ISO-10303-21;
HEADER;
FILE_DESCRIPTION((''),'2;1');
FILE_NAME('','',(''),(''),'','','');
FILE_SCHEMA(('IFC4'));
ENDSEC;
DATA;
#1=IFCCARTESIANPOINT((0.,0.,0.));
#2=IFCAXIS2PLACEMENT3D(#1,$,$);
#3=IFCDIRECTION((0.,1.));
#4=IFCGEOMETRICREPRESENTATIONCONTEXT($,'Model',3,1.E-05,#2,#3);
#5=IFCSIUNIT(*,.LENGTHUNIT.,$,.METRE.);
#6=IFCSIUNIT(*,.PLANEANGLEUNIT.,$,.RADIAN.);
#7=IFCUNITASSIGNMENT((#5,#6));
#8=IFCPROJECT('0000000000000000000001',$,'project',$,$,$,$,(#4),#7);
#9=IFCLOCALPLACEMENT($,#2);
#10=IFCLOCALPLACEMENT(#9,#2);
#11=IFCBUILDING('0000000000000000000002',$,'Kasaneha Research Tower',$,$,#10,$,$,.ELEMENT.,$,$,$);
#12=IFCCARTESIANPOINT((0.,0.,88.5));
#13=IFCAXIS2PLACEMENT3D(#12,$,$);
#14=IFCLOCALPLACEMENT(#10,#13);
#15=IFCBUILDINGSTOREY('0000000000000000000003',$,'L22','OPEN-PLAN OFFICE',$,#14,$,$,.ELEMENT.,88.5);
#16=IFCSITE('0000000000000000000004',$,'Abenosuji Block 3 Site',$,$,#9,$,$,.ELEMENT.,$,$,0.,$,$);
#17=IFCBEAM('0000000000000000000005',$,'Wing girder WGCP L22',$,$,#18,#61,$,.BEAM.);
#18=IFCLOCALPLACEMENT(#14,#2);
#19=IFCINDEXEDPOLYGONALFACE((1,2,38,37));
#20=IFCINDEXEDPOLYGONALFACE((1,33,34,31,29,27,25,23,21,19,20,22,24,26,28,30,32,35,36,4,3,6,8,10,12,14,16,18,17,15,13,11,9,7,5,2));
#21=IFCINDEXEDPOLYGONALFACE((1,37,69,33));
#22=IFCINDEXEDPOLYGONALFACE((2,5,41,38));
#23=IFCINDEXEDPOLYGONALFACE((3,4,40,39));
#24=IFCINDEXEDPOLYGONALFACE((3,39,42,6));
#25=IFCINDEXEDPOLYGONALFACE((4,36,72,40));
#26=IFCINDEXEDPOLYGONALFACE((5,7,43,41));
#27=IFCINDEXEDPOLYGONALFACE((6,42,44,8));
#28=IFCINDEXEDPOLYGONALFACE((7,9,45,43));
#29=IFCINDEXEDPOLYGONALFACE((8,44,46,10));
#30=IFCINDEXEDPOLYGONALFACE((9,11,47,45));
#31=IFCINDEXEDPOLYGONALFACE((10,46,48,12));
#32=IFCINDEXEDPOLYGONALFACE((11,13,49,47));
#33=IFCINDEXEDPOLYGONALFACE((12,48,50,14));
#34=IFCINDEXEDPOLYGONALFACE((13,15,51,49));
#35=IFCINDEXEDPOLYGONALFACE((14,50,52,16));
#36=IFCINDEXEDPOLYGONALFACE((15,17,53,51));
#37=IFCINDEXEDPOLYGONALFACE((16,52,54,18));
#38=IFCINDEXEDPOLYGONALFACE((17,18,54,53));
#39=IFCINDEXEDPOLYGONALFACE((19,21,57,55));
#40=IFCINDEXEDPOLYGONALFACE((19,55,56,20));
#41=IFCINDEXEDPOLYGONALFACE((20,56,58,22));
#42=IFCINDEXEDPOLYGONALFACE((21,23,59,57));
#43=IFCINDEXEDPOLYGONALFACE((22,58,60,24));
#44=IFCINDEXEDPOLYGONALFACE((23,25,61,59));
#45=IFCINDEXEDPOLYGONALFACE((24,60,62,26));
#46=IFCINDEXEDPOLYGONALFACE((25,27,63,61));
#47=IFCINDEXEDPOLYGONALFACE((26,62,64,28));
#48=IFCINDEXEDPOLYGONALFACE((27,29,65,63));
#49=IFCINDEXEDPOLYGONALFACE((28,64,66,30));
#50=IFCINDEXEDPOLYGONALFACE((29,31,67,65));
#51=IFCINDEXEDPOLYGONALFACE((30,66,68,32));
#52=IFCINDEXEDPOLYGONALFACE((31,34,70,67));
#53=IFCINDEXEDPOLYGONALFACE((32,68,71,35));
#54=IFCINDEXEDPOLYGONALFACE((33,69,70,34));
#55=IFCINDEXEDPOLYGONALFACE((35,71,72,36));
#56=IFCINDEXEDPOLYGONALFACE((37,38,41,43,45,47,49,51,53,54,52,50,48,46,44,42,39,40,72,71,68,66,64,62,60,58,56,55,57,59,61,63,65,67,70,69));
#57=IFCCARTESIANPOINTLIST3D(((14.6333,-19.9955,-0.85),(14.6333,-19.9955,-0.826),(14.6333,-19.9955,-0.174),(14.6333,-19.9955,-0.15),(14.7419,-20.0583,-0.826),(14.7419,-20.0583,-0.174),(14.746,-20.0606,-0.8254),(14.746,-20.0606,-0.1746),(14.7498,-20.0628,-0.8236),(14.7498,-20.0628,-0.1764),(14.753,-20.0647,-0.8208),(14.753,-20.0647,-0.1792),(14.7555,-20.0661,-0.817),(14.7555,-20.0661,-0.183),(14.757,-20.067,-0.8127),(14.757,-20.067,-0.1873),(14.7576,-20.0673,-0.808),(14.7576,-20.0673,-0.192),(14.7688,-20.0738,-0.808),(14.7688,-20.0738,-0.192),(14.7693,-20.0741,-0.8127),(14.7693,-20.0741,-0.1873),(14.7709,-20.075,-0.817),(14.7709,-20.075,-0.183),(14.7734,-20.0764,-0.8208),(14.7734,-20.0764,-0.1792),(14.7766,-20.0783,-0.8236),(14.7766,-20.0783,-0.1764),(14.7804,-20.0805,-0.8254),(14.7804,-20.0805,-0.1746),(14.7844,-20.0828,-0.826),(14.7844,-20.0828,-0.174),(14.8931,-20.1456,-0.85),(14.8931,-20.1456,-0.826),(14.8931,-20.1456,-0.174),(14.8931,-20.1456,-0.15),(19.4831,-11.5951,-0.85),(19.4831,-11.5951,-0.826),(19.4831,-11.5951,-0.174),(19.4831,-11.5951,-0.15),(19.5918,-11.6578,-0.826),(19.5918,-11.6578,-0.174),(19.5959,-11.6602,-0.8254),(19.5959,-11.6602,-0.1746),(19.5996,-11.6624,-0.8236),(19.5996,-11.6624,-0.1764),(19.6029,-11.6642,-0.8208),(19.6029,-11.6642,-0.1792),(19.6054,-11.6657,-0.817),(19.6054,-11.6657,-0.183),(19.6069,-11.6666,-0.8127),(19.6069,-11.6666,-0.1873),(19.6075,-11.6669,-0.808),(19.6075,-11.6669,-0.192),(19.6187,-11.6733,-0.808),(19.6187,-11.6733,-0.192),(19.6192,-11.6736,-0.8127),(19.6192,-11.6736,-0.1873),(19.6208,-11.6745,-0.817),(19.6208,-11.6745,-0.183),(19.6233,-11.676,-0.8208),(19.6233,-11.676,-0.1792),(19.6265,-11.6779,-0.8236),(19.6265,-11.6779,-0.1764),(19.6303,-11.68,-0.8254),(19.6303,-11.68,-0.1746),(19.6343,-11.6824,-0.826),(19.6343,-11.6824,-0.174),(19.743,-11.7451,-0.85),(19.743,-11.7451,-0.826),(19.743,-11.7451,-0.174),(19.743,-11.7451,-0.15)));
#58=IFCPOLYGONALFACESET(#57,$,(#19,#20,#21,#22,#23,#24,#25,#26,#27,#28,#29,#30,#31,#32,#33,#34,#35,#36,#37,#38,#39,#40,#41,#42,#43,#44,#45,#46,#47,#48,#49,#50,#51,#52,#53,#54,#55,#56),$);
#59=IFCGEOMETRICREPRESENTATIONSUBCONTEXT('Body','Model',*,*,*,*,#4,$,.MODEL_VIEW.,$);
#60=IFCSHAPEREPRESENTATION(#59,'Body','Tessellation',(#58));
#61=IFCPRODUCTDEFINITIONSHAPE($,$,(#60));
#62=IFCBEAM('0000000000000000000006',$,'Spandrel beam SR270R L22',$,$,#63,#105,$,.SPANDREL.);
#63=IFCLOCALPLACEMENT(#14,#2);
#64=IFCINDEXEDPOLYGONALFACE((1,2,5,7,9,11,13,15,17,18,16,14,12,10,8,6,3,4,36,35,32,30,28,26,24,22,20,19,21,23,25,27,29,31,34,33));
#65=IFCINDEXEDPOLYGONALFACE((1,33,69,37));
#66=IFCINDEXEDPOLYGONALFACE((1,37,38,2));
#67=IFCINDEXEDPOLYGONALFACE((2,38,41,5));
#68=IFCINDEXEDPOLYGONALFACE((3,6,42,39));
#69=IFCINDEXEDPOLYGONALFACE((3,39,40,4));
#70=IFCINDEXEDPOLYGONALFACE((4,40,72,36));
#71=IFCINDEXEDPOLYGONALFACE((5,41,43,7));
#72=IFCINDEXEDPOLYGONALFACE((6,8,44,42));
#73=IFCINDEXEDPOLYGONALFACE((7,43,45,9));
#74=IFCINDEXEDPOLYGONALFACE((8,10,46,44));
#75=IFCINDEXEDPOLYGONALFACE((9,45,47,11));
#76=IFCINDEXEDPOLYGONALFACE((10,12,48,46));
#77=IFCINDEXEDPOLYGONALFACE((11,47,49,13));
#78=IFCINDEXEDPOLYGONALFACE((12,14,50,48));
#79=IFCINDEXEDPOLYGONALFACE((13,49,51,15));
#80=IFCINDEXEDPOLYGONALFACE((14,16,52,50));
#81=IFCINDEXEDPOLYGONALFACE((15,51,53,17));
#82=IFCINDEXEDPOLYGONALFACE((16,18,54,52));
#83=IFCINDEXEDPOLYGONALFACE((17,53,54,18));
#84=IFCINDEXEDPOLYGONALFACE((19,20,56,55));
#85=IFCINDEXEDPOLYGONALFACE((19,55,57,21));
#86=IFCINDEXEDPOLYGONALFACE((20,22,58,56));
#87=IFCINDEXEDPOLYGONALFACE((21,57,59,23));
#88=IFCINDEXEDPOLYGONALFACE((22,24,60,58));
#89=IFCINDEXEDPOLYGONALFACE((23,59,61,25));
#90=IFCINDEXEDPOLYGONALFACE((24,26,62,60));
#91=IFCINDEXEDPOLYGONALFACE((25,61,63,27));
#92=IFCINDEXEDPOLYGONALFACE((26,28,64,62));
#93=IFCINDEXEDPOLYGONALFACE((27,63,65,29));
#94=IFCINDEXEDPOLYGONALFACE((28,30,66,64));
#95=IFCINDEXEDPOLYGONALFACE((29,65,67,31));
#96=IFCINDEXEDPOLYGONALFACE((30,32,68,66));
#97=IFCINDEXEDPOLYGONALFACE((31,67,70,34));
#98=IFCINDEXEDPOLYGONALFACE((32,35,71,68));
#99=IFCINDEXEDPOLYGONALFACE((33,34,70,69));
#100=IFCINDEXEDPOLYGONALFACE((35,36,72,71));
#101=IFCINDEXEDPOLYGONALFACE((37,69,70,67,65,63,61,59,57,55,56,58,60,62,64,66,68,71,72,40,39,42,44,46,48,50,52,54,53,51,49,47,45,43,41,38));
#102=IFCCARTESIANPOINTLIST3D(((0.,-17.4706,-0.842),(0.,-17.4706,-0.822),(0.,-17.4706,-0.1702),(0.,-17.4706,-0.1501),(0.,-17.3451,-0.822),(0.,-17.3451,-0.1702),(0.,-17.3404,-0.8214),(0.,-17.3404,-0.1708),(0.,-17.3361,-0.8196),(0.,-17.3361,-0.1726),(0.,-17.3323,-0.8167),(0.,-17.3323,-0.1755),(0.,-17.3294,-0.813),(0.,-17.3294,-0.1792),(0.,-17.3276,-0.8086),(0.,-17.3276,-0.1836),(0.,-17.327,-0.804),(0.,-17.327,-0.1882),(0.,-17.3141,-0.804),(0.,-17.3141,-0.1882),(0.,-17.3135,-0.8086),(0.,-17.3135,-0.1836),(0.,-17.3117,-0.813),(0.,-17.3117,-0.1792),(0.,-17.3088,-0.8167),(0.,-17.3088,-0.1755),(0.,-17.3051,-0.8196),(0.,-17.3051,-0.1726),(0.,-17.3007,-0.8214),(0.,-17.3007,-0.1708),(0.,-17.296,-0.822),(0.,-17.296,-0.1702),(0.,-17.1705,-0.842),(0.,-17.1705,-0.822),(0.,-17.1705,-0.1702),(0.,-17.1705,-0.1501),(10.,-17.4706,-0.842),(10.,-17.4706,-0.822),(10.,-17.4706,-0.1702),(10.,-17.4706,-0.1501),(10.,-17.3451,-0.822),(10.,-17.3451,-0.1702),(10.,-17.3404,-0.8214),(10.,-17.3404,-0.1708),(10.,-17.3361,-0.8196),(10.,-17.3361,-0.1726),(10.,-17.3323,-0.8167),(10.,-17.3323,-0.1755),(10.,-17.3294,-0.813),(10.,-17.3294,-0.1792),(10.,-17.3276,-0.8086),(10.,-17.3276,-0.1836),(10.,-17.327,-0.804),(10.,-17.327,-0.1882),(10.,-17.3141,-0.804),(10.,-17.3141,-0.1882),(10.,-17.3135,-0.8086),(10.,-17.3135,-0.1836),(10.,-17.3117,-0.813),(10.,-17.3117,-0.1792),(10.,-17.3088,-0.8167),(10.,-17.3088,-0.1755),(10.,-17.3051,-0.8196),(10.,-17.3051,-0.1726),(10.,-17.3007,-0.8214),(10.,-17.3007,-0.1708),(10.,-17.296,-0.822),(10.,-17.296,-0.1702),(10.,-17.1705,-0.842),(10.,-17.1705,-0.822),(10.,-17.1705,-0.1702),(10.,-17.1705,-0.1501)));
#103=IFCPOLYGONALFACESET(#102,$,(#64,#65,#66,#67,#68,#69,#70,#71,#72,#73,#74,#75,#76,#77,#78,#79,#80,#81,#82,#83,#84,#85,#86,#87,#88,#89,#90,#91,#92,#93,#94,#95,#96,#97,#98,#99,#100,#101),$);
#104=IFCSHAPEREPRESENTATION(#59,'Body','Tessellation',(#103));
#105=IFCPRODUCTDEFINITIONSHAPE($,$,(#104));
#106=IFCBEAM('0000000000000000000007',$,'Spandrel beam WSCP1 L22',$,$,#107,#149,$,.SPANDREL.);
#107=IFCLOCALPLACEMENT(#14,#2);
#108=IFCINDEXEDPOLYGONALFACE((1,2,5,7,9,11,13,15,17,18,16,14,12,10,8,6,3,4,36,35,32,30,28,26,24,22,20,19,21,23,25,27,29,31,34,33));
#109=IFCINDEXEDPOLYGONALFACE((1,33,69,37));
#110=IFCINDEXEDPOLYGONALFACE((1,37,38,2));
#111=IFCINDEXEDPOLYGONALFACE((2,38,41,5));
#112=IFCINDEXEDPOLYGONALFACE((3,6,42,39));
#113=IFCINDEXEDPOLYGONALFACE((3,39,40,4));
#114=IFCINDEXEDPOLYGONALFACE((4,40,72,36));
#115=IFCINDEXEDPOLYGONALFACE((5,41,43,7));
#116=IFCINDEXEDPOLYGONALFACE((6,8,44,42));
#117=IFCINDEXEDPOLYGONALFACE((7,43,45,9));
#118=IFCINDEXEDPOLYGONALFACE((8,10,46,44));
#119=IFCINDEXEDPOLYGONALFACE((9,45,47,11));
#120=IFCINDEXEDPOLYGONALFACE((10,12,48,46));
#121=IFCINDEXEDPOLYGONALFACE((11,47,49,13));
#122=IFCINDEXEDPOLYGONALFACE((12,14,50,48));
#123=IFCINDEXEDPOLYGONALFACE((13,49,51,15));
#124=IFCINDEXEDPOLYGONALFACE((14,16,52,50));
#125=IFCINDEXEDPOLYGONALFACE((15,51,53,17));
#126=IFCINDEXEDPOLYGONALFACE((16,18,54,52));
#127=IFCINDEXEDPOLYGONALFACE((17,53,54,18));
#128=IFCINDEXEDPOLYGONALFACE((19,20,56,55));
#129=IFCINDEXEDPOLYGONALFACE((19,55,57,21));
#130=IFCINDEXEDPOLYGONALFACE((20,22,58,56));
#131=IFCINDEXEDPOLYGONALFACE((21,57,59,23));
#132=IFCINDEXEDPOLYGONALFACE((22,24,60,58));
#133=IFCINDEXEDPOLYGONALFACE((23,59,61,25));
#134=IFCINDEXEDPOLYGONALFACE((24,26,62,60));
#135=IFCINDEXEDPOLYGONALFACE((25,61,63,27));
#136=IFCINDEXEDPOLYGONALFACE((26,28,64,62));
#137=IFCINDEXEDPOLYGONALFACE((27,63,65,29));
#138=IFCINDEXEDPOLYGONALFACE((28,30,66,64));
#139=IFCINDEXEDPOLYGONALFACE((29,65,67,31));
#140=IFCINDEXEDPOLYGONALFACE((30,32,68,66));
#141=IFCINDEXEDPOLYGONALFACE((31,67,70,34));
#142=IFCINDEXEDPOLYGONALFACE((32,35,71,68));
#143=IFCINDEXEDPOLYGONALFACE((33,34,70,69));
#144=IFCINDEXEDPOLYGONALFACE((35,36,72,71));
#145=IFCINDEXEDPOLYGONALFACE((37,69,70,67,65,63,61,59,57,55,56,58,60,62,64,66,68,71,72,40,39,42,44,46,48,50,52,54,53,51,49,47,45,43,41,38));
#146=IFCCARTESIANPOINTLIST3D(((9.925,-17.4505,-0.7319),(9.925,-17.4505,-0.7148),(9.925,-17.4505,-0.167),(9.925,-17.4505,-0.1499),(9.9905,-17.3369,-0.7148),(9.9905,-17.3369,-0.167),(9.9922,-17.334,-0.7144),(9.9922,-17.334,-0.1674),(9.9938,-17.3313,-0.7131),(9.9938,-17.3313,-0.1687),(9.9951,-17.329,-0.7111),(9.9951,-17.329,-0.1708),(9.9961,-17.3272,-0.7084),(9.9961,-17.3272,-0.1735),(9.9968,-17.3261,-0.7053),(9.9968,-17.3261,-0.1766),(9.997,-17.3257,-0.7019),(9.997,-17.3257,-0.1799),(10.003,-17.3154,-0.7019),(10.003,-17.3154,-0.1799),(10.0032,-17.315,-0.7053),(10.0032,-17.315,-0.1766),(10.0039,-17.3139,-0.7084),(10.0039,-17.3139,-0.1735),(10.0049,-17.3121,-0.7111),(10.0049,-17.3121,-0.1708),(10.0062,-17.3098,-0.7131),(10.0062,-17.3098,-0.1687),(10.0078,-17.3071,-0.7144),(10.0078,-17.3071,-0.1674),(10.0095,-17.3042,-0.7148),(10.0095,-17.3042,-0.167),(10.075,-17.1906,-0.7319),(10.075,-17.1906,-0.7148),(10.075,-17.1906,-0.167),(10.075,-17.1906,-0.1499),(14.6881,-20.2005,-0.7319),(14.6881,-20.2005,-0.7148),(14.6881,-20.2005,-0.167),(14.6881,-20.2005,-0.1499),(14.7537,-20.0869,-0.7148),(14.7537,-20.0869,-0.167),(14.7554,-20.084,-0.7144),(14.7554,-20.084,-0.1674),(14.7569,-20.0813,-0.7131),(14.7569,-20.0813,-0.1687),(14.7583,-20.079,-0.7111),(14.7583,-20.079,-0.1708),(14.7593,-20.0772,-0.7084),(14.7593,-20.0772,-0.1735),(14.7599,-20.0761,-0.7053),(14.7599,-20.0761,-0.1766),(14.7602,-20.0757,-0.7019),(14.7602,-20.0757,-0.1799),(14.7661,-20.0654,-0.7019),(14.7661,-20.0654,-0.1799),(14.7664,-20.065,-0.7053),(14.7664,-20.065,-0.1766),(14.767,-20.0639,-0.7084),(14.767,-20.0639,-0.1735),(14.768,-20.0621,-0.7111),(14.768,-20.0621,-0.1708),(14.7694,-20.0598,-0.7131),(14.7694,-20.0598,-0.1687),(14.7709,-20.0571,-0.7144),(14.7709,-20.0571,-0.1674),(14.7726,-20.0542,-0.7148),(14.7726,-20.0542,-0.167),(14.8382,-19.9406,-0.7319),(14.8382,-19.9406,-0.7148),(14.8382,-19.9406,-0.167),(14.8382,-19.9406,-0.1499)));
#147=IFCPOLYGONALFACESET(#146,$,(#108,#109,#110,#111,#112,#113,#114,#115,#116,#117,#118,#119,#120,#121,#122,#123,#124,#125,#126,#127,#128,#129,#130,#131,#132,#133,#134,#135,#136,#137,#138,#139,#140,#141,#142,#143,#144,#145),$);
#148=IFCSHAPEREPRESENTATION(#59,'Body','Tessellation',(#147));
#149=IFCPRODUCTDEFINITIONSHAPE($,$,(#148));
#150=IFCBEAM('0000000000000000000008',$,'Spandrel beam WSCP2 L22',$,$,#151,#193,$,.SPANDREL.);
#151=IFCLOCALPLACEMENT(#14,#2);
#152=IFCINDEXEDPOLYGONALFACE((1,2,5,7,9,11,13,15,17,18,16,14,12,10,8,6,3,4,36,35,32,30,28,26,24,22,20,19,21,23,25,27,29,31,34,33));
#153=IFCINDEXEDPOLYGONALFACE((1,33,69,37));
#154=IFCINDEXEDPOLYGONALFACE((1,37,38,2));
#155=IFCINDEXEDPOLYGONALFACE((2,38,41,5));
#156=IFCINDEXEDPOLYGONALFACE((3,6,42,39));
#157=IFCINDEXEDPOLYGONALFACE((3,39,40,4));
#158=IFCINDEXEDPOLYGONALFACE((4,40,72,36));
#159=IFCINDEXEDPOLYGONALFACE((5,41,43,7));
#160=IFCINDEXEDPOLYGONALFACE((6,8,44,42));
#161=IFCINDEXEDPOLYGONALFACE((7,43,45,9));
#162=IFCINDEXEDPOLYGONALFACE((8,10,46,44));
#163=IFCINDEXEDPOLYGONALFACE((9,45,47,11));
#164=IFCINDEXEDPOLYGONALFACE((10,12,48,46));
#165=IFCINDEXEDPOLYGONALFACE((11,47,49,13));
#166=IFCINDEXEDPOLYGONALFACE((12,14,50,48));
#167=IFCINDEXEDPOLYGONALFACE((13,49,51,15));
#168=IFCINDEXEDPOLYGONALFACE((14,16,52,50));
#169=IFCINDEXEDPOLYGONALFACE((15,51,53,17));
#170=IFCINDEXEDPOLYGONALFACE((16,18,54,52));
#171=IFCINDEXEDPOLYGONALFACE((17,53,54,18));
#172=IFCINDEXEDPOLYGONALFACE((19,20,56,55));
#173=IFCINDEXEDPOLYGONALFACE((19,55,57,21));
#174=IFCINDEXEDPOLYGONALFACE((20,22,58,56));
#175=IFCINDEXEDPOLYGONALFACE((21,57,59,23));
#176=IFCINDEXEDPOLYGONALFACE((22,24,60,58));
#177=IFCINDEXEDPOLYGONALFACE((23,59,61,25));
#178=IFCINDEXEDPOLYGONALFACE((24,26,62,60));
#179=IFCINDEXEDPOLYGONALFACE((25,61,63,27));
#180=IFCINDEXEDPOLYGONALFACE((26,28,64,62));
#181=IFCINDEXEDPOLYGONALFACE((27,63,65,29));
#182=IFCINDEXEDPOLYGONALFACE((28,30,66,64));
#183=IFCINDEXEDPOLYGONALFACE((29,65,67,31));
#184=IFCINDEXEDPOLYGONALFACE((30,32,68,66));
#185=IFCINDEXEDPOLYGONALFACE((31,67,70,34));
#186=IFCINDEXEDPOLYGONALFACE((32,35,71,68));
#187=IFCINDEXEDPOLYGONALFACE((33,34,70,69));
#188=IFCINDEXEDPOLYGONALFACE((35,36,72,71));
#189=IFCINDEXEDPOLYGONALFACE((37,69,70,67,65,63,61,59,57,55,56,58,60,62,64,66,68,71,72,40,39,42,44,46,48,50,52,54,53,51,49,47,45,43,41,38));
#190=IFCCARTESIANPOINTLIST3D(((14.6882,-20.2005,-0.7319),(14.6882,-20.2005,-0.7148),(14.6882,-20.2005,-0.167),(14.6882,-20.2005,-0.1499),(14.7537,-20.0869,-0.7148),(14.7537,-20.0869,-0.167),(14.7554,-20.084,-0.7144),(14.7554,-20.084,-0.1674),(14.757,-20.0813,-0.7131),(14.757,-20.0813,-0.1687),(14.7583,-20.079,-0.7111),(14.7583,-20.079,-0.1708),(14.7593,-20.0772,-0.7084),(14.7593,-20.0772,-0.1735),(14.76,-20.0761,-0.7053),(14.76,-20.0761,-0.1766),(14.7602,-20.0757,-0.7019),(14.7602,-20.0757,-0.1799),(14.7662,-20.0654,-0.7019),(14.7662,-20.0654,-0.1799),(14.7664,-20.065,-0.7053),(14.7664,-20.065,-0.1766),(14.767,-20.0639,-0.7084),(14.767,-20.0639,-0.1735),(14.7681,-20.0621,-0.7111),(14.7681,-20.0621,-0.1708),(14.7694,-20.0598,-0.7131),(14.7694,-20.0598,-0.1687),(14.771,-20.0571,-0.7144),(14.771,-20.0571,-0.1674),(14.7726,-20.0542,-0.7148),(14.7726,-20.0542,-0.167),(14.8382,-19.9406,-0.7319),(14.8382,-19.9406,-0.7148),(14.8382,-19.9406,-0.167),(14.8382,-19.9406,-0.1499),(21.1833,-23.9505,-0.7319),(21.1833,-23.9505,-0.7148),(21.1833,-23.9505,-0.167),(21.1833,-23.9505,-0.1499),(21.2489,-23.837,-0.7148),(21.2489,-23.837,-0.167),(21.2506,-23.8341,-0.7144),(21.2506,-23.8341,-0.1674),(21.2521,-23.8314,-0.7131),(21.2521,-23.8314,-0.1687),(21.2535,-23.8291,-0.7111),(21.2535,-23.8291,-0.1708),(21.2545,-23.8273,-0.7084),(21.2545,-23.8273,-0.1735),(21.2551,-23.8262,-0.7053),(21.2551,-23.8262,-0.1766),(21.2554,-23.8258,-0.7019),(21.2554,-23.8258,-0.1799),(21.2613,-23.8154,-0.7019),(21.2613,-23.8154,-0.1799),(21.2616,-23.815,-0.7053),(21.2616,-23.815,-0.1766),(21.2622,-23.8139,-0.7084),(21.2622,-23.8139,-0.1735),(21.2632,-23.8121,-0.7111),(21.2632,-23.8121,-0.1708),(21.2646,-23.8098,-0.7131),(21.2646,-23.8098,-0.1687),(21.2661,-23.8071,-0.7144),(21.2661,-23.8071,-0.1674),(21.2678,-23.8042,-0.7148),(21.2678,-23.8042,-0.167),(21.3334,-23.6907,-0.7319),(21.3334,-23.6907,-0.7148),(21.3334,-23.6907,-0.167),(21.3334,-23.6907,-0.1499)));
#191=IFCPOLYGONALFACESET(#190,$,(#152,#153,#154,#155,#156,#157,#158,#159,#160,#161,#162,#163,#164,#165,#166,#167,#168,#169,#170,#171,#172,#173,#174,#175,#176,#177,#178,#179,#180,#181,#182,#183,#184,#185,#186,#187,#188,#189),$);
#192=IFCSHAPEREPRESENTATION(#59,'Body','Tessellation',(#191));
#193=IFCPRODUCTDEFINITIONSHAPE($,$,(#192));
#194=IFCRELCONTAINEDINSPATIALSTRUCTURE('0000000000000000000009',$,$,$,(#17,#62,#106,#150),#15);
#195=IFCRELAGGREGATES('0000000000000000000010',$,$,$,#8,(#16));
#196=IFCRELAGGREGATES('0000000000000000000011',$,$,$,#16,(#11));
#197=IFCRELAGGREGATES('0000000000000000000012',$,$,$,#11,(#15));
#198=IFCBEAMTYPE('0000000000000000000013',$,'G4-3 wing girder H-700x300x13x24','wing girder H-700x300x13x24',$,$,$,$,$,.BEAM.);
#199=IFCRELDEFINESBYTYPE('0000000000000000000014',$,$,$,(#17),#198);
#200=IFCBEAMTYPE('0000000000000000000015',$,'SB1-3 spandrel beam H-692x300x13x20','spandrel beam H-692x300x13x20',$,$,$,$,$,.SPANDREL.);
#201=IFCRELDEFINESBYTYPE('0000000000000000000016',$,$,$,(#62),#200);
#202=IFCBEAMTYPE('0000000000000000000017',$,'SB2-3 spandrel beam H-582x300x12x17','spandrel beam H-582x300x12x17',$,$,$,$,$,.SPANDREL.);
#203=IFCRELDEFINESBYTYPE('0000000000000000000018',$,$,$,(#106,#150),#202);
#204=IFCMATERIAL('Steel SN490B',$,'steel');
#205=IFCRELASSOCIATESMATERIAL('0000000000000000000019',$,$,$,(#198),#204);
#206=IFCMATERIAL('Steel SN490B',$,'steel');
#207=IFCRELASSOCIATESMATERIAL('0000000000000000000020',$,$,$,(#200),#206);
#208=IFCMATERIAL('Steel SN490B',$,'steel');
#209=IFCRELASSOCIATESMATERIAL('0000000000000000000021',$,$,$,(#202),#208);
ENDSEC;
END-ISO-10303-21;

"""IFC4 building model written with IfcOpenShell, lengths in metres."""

from ifc_helpers import new_model, si_unit, direction, frame, origin, origin_2d, place, context, subcontext, project, spatial, i_section, extrude, material, material_profile, profile_set, type_object, element, save


model = new_model("IFC4")

# Units and contexts
model_context = context("Model", 3, precision=1e-05, world=origin(), true_north=direction((0.0, 1.0)))
body_context = subcontext(model_context, "Body", "Model", "MODEL_VIEW")
ifc_project = project(units=[si_unit("LENGTHUNIT", "METRE"), si_unit("PLANEANGLEUNIT", "RADIAN")], contexts=[model_context])

# Site, building, storey
site_placement = place(None, origin())
site = spatial("IfcSite", under=ifc_project, at=site_placement, Name="Abenosuji Block 3 Site", CompositionType="ELEMENT", RefElevation=0.0)
building_placement = place(site_placement, origin())
building = spatial("IfcBuilding", under=site, at=building_placement, Name="Kasaneha Research Tower", CompositionType="ELEMENT")
storey_placement = place(building_placement, frame((0.0, 0.0, 88.5)))
storey = spatial("IfcBuildingStorey", under=building, at=storey_placement, Name="L22", Description="OPEN-PLAN OFFICE", CompositionType="ELEMENT", Elevation=88.5)

# Beams
ifc_material_1 = material(Name="Steel SN490B", Category="steel")
ifc_material_profile_1 = material_profile(ifc_material_1, i_section(OverallWidth=0.3, OverallDepth=0.7, WebThickness=0.0129, FlangeThickness=0.0239, FilletRadius=0.0181, at=origin_2d()), Name="H-700x300x13x24")
ifc_profile_set_1 = profile_set([ifc_material_profile_1], Name="Steel SN490B")
beam_type_1 = type_object("IfcBeamType", Name="G4-3 wing girder H-700x300x13x24", Description="wing girder H-700x300x13x24", PredefinedType="BEAM", material=ifc_profile_set_1)
beam_1_placement = place(storey_placement, frame((14.7632, -20.0706, -0.5), z_axis=(0.499991, 0.866031, 0.0), x_axis=(-0.866031, 0.499991, 0.0)))
element("IfcBeam", 1, at=beam_1_placement, inside=storey, type_object=beam_type_1, Name="Wing girder WGCP L22", PredefinedType="BEAM", context=body_context, shape_type="SweptSolid", body=[
    extrude(i_section(OverallWidth=0.3, OverallDepth=0.7, WebThickness=0.0129, FlangeThickness=0.0239, FilletRadius=0.0181, at=origin_2d()), origin(), (0.0, 0.0, 1.0), 9.7),
])
ifc_material_2 = material(Name="Steel SN490B", Category="steel")
ifc_material_profile_2 = material_profile(ifc_material_2, i_section(OverallWidth=0.3, OverallDepth=0.6919, WebThickness=0.0129, FlangeThickness=0.02, FilletRadius=0.0181, at=origin_2d()), Name="H-692x300x13x20")
ifc_profile_set_2 = profile_set([ifc_material_profile_2], Name="Steel SN490B")
beam_type_2 = type_object("IfcBeamType", Name="SB1-3 spandrel beam H-692x300x13x20", Description="spandrel beam H-692x300x13x20", PredefinedType="SPANDREL", material=ifc_profile_set_2)
beam_2_placement = place(storey_placement, frame((10.0, -17.3206, -0.4961), z_axis=(-1.0, 0.0, 0.0), x_axis=(0.0, -1.0, 0.0)))
element("IfcBeam", 2, at=beam_2_placement, inside=storey, type_object=beam_type_2, Name="Spandrel beam SR270R L22", PredefinedType="SPANDREL", context=body_context, shape_type="SweptSolid", body=[
    extrude(i_section(OverallWidth=0.3, OverallDepth=0.6919, WebThickness=0.0129, FlangeThickness=0.02, FilletRadius=0.0181, at=origin_2d()), origin(), (0.0, 0.0, 1.0), 10.0),
])
ifc_material_3 = material(Name="Steel SN490B", Category="steel")
ifc_material_profile_3 = material_profile(ifc_material_3, i_section(OverallWidth=0.3, OverallDepth=0.582, WebThickness=0.012, FlangeThickness=0.0171, FilletRadius=0.0129, at=origin_2d()), Name="H-582x300x12x17")
ifc_profile_set_3 = profile_set([ifc_material_profile_3], Name="Steel SN490B")
beam_type_3 = type_object("IfcBeamType", Name="SB2-3 spandrel beam H-582x300x12x17", Description="spandrel beam H-582x300x12x17", PredefinedType="SPANDREL", material=ifc_profile_set_3)
beam_3_placement = place(storey_placement, frame((10.0, -17.3206, -0.4409), z_axis=(0.866027, -0.499997, 0.0), x_axis=(0.499997, 0.866027, 0.0)))
element("IfcBeam", 3, at=beam_3_placement, inside=storey, type_object=beam_type_3, Name="Spandrel beam WSCP1 L22", PredefinedType="SPANDREL", context=body_context, shape_type="SweptSolid", body=[
    extrude(i_section(OverallWidth=0.3, OverallDepth=0.582, WebThickness=0.012, FlangeThickness=0.0171, FilletRadius=0.0129, at=origin_2d()), origin(), (0.0, 0.0, 1.0), 5.5),
])
beam_4_placement = place(storey_placement, frame((14.7632, -20.0706, -0.4409), z_axis=(0.866023, -0.500004, 0.0), x_axis=(0.500004, 0.866023, 0.0)))
element("IfcBeam", 4, at=beam_4_placement, inside=storey, type_object=beam_type_3, Name="Spandrel beam WSCP2 L22", PredefinedType="SPANDREL", context=body_context, shape_type="SweptSolid", body=[
    extrude(i_section(OverallWidth=0.3, OverallDepth=0.582, WebThickness=0.012, FlangeThickness=0.0171, FilletRadius=0.0129, at=origin_2d()), origin(), (0.0, 0.0, 1.0), 7.5),
])

save(model, "model.ifc")
